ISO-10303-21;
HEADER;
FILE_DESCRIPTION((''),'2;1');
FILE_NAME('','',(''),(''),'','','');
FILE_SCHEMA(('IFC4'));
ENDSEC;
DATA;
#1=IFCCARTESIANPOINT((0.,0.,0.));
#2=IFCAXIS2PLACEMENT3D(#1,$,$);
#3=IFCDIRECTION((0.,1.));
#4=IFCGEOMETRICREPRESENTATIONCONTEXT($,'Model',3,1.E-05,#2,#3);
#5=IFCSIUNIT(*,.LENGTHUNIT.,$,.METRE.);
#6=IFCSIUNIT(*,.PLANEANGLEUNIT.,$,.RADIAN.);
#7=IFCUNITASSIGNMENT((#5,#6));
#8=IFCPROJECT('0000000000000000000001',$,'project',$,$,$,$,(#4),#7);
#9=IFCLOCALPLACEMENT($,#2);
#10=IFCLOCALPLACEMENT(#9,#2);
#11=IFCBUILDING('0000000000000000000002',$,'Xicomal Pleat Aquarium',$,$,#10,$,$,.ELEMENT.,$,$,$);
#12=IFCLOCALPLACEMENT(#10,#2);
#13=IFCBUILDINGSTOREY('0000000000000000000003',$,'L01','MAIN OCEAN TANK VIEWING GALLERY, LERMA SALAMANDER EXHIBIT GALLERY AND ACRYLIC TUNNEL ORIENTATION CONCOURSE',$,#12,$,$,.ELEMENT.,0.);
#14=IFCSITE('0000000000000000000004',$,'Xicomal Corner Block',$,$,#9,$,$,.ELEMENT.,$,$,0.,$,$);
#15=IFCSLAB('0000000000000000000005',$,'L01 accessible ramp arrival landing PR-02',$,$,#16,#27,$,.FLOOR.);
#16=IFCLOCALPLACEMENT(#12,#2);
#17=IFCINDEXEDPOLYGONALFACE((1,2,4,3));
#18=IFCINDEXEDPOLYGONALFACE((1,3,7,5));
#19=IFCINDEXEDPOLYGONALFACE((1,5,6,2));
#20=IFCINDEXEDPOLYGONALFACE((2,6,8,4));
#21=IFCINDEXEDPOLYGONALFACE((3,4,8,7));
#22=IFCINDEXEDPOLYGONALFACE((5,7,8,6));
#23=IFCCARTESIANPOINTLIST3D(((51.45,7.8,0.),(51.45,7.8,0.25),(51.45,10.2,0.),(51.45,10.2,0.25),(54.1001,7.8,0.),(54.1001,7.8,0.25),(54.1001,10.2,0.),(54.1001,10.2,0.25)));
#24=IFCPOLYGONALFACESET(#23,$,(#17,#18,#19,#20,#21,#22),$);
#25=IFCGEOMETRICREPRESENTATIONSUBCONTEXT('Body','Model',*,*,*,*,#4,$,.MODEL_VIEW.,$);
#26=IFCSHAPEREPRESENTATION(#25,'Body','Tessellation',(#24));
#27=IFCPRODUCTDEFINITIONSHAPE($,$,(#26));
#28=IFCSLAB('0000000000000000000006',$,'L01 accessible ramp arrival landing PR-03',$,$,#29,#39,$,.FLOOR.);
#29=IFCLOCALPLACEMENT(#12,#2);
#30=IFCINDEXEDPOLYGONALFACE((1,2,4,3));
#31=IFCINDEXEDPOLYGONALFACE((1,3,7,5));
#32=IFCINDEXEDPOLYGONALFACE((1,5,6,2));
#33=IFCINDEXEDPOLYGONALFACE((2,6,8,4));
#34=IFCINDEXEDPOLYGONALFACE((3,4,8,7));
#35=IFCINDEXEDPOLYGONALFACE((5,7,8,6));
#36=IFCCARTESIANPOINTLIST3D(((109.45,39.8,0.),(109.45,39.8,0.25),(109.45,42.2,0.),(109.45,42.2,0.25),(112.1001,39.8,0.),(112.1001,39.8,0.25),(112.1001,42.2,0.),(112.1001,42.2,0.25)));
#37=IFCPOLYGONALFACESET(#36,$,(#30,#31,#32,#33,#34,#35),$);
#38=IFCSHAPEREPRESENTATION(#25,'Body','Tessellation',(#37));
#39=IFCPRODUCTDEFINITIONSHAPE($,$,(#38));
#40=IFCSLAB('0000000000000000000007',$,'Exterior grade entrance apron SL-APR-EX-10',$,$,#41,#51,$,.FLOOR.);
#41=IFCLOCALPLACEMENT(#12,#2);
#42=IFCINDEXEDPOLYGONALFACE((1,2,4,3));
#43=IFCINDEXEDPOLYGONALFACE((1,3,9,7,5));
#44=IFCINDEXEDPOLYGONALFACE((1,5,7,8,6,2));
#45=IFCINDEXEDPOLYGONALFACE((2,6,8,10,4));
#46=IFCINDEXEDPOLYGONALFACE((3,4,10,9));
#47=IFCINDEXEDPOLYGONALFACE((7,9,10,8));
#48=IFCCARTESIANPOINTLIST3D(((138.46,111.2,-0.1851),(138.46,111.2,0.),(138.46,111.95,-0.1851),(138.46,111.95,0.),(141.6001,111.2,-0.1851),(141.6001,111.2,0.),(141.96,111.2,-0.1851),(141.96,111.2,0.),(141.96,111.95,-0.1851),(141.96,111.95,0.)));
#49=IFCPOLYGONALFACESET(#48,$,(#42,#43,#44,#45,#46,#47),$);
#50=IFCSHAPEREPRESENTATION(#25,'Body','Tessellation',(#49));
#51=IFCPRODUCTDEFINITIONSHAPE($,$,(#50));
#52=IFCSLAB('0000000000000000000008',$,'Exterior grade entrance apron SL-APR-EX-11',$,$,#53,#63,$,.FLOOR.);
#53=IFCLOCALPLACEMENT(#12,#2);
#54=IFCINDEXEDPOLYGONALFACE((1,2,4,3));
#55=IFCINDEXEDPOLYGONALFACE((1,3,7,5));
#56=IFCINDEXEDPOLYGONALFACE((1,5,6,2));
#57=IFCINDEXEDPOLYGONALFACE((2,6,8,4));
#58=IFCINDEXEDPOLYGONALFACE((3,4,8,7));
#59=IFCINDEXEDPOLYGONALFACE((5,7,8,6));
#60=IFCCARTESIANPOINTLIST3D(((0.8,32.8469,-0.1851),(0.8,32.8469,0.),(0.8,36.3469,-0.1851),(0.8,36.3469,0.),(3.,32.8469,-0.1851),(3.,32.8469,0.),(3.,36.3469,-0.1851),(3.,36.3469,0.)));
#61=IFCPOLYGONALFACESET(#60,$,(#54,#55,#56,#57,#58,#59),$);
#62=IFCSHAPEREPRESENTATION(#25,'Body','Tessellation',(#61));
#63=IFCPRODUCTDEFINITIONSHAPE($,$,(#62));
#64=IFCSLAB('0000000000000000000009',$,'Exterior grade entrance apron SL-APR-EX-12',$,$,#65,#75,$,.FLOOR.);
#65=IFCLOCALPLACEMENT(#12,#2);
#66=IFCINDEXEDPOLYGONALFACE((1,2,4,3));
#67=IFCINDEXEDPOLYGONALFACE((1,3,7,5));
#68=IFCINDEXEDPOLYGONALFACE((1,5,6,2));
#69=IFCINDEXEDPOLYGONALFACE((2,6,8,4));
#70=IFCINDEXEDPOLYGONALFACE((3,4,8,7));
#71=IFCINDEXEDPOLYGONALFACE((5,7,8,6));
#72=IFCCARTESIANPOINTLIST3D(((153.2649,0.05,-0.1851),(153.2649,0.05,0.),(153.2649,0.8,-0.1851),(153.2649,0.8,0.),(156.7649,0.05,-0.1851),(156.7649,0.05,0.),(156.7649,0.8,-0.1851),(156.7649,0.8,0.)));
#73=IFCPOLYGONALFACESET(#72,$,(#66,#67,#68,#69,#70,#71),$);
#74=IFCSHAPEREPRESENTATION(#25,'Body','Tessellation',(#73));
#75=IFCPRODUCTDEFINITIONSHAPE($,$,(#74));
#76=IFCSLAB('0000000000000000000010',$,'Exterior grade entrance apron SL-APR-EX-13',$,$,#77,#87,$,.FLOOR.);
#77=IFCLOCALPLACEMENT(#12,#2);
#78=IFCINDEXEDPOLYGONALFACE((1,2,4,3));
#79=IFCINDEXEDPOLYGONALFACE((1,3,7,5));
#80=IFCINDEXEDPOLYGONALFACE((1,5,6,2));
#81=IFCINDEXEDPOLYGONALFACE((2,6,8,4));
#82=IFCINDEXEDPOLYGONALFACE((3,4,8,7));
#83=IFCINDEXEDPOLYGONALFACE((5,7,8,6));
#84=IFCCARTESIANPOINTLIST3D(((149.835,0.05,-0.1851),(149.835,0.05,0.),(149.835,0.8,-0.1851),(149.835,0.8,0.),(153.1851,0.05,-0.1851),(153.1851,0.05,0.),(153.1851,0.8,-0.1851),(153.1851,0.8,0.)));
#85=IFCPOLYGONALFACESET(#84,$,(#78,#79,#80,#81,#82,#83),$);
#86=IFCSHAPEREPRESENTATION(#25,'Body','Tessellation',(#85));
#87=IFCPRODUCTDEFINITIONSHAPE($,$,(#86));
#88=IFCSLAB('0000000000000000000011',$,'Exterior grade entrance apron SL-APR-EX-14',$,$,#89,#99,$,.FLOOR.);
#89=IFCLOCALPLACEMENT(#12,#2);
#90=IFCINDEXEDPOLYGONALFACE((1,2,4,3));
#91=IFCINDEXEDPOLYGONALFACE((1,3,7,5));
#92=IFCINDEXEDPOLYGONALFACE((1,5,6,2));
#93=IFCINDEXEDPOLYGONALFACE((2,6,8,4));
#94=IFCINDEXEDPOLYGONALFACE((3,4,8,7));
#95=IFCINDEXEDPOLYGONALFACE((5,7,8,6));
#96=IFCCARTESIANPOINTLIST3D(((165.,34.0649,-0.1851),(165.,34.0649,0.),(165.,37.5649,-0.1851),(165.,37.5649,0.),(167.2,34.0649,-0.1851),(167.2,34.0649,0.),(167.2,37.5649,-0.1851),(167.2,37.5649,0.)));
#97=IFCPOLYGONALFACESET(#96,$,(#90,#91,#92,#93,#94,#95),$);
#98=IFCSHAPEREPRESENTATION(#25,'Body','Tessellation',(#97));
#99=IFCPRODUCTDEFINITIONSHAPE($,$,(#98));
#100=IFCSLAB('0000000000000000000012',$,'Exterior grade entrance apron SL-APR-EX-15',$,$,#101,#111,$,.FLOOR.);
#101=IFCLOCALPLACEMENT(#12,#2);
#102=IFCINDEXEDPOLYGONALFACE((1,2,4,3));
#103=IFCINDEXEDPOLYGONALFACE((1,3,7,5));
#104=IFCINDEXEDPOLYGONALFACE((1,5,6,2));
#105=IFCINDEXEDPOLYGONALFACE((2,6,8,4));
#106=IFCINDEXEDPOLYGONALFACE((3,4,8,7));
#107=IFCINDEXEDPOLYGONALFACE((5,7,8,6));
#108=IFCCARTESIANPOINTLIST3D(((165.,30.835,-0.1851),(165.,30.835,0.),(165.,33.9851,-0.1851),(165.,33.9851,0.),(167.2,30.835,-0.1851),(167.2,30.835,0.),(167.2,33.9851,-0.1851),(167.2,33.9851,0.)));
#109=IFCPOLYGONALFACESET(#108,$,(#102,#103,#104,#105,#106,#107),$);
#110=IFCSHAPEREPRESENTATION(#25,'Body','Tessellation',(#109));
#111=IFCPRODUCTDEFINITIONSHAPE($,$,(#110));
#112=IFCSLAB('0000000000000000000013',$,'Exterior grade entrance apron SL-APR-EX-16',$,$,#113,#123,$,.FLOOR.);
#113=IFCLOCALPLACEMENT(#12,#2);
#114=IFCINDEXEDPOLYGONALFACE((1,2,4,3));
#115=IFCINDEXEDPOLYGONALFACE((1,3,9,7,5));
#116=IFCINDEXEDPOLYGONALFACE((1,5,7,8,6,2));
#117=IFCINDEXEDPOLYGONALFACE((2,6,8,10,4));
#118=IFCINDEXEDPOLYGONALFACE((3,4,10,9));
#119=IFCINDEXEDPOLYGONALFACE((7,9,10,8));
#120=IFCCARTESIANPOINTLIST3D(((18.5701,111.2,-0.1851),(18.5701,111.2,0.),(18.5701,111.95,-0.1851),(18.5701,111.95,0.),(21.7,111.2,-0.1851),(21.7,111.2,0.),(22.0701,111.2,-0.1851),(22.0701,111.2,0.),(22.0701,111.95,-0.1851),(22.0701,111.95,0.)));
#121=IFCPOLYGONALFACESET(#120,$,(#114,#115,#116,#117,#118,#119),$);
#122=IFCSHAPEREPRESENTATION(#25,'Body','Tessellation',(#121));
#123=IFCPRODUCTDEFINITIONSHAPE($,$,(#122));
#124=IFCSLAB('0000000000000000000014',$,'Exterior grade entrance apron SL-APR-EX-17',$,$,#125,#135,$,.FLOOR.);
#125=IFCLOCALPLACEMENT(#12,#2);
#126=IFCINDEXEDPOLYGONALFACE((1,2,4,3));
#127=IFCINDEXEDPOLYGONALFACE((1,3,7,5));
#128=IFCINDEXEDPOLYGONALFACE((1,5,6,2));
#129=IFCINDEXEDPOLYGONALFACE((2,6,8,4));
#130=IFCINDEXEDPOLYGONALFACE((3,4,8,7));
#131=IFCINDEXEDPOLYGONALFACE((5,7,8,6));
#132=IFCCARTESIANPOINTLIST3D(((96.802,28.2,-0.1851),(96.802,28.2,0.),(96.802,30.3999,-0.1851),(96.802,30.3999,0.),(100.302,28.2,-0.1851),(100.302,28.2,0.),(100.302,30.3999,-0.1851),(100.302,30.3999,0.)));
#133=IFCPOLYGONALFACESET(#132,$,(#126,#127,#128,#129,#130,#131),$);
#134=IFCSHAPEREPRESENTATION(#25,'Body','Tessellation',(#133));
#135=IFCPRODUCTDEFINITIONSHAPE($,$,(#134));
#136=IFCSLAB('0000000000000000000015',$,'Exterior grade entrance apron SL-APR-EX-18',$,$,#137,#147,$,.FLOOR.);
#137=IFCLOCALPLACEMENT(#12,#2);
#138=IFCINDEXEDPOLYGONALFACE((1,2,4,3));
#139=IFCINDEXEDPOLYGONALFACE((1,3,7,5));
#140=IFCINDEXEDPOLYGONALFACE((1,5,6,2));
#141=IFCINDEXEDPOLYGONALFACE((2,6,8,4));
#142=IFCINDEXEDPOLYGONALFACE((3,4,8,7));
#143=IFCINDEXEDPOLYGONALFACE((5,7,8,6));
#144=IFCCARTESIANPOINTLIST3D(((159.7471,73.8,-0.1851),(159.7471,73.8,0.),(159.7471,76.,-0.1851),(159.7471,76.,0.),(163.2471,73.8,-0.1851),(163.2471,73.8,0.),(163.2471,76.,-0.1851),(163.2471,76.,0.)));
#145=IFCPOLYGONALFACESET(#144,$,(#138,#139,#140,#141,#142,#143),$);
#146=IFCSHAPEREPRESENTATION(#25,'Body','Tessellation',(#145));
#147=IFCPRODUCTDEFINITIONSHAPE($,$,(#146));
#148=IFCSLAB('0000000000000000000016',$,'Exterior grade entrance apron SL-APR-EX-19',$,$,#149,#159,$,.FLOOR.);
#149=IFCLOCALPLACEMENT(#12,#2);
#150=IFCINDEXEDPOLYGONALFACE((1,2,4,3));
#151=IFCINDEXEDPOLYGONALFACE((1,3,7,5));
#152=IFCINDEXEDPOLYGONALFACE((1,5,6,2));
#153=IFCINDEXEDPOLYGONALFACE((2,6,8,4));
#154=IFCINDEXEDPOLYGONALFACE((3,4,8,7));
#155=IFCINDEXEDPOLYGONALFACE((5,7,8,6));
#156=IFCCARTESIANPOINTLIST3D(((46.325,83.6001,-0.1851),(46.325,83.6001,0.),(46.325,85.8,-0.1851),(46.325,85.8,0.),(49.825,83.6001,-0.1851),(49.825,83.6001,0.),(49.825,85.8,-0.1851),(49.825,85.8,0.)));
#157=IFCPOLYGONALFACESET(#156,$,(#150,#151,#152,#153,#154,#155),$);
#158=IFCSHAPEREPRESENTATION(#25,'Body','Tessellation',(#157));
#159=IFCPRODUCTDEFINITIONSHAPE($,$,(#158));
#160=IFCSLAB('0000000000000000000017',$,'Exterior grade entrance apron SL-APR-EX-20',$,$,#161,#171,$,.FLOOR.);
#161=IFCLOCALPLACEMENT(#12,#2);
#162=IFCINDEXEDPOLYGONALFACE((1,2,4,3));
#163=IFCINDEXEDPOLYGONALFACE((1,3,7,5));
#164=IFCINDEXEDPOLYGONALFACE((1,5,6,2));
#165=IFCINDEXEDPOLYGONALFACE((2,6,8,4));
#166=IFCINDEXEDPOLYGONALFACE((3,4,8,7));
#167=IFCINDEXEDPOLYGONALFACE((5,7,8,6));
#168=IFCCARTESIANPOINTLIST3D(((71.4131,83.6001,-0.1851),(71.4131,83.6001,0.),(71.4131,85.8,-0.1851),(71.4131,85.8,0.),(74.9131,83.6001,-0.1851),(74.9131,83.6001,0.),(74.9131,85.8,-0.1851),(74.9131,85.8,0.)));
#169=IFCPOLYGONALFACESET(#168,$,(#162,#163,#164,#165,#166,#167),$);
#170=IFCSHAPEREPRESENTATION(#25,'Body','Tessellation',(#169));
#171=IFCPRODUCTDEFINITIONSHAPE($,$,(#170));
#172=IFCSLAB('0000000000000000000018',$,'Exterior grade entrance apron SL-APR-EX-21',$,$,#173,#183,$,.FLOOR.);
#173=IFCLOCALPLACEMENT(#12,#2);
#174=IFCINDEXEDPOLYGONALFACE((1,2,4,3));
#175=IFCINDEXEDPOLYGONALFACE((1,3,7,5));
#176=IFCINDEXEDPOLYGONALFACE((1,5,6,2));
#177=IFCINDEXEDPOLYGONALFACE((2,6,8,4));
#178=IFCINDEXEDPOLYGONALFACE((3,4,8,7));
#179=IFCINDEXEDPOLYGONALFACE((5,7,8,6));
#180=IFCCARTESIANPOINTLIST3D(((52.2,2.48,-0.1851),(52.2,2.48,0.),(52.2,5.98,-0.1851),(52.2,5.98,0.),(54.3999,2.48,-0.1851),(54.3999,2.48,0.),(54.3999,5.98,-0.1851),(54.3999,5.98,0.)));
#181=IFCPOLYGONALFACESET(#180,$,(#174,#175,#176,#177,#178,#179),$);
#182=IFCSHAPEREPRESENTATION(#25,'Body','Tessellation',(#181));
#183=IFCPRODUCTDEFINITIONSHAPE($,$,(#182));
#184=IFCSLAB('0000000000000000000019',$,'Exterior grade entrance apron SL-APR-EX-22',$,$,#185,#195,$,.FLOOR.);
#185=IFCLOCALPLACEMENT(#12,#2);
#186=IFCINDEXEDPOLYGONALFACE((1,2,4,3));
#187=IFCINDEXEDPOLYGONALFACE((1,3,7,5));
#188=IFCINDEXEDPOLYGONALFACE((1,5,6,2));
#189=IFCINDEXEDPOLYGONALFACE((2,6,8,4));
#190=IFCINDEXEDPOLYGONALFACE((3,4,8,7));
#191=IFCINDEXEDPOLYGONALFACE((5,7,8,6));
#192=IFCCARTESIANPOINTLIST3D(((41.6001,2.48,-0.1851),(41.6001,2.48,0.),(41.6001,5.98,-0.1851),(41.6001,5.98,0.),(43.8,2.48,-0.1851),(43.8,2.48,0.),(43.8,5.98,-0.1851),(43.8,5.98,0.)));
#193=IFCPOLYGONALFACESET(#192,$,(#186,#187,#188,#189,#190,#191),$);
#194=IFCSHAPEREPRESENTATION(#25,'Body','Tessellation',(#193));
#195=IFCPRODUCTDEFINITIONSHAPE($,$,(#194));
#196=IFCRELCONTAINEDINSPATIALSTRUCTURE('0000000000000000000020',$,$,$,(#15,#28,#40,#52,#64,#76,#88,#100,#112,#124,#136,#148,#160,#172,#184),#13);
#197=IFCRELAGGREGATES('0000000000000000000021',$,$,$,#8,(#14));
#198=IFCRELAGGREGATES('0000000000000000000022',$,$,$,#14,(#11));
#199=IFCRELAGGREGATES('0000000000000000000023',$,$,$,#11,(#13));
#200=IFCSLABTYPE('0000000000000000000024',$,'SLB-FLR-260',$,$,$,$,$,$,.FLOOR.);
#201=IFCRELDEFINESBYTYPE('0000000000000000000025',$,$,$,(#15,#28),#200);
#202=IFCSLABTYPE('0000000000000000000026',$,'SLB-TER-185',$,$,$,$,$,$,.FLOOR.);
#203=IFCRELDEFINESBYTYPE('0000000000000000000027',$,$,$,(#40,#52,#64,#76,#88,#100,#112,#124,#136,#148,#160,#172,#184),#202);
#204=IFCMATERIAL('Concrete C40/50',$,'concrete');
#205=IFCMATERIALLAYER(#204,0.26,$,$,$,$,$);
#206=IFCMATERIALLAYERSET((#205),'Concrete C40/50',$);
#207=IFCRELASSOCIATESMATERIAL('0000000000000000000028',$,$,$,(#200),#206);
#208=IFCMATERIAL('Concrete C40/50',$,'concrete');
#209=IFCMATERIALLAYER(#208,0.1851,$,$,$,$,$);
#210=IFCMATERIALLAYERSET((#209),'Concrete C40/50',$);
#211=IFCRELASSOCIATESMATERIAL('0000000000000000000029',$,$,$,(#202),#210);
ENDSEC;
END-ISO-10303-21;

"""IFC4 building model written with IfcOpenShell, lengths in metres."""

from ifc_helpers import new_model, si_unit, direction, frame, origin, place, context, subcontext, project, spatial, polyline, outline, extrude, material, layer, layer_set, type_object, element, save


model = new_model("IFC4")

# Units and contexts
model_context = context("Model", 3, precision=1e-05, world=origin(), true_north=direction((0.0, 1.0)))
body_context = subcontext(model_context, "Body", "Model", "MODEL_VIEW")
ifc_project = project(units=[si_unit("LENGTHUNIT", "METRE"), si_unit("PLANEANGLEUNIT", "RADIAN")], contexts=[model_context])

# Site, building, storey
site_placement = place(None, origin())
site = spatial("IfcSite", under=ifc_project, at=site_placement, Name="Xicomal Corner Block", CompositionType="ELEMENT", RefElevation=0.0)
building_placement = place(site_placement, origin())
building = spatial("IfcBuilding", under=site, at=building_placement, Name="Xicomal Pleat Aquarium", CompositionType="ELEMENT")
storey_placement = place(building_placement, origin())
storey = spatial("IfcBuildingStorey", under=building, at=storey_placement, Name="L01", Description="MAIN OCEAN TANK VIEWING GALLERY, LERMA SALAMANDER EXHIBIT GALLERY AND ACRYLIC TUNNEL ORIENTATION CONCOURSE", CompositionType="ELEMENT", Elevation=0.0)

# Slabs
ifc_material_1 = material(Name="Concrete C40/50", Category="concrete")
ifc_layer_1 = layer(ifc_material_1, 0.26)
ifc_layer_set_1 = layer_set([ifc_layer_1], Name="Concrete C40/50")
slab_type_1 = type_object("IfcSlabType", Name="SLB-FLR-260", PredefinedType="FLOOR", material=ifc_layer_set_1)
slab_1_placement = place(storey_placement, origin())
element("IfcSlab", 1, at=slab_1_placement, inside=storey, type_object=slab_type_1, Name="L01 accessible ramp arrival landing PR-02", PredefinedType="FLOOR", context=body_context, shape_type="SweptSolid", body=[
    extrude(outline(polyline([(51.45, 7.8), (54.1001, 7.8), (54.1001, 10.2), (51.45, 10.2), (51.45, 7.8)])), origin(), (0.0, 0.0, 1.0), 0.25),
])
slab_2_placement = place(storey_placement, origin())
element("IfcSlab", 2, at=slab_2_placement, inside=storey, type_object=slab_type_1, Name="L01 accessible ramp arrival landing PR-03", PredefinedType="FLOOR", context=body_context, shape_type="SweptSolid", body=[
    extrude(outline(polyline([(109.45, 39.8), (112.1001, 39.8), (112.1001, 42.2), (109.45, 42.2), (109.45, 39.8)])), origin(), (0.0, 0.0, 1.0), 0.25),
])
ifc_material_2 = material(Name="Concrete C40/50", Category="concrete")
ifc_layer_2 = layer(ifc_material_2, 0.1851)
ifc_layer_set_2 = layer_set([ifc_layer_2], Name="Concrete C40/50")
slab_type_2 = type_object("IfcSlabType", Name="SLB-TER-185", PredefinedType="FLOOR", material=ifc_layer_set_2)
slab_3_placement = place(storey_placement, frame((0.0, 0.0, -0.1851)))
element("IfcSlab", 3, at=slab_3_placement, inside=storey, type_object=slab_type_2, Name="Exterior grade entrance apron SL-APR-EX-10", PredefinedType="FLOOR", context=body_context, shape_type="SweptSolid", body=[
    extrude(outline(polyline([(138.46, 111.95), (141.96, 111.95), (141.96, 111.2), (141.6001, 111.2), (138.46, 111.2), (138.46, 111.95)])), origin(), (0.0, 0.0, 1.0), 0.1851),
])
slab_4_placement = place(storey_placement, frame((0.0, 0.0, -0.1851)))
element("IfcSlab", 4, at=slab_4_placement, inside=storey, type_object=slab_type_2, Name="Exterior grade entrance apron SL-APR-EX-11", PredefinedType="FLOOR", context=body_context, shape_type="SweptSolid", body=[
    extrude(outline(polyline([(0.8, 32.8469), (0.8, 36.3469), (3.0, 36.3469), (3.0, 32.8469), (0.8, 32.8469)])), origin(), (0.0, 0.0, 1.0), 0.1851),
])
slab_5_placement = place(storey_placement, frame((0.0, 0.0, -0.1851)))
element("IfcSlab", 5, at=slab_5_placement, inside=storey, type_object=slab_type_2, Name="Exterior grade entrance apron SL-APR-EX-12", PredefinedType="FLOOR", context=body_context, shape_type="SweptSolid", body=[
    extrude(outline(polyline([(156.7649, 0.05), (153.2649, 0.05), (153.2649, 0.8), (156.7649, 0.8), (156.7649, 0.05)])), origin(), (0.0, 0.0, 1.0), 0.1851),
])
slab_6_placement = place(storey_placement, frame((0.0, 0.0, -0.1851)))
element("IfcSlab", 6, at=slab_6_placement, inside=storey, type_object=slab_type_2, Name="Exterior grade entrance apron SL-APR-EX-13", PredefinedType="FLOOR", context=body_context, shape_type="SweptSolid", body=[
    extrude(outline(polyline([(149.835, 0.05), (149.835, 0.8), (153.1851, 0.8), (153.1851, 0.05), (149.835, 0.05)])), origin(), (0.0, 0.0, 1.0), 0.1851),
])
slab_7_placement = place(storey_placement, frame((0.0, 0.0, -0.1851)))
element("IfcSlab", 7, at=slab_7_placement, inside=storey, type_object=slab_type_2, Name="Exterior grade entrance apron SL-APR-EX-14", PredefinedType="FLOOR", context=body_context, shape_type="SweptSolid", body=[
    extrude(outline(polyline([(167.2, 37.5649), (167.2, 34.0649), (165.0, 34.0649), (165.0, 37.5649), (167.2, 37.5649)])), origin(), (0.0, 0.0, 1.0), 0.1851),
])
slab_8_placement = place(storey_placement, frame((0.0, 0.0, -0.1851)))
element("IfcSlab", 8, at=slab_8_placement, inside=storey, type_object=slab_type_2, Name="Exterior grade entrance apron SL-APR-EX-15", PredefinedType="FLOOR", context=body_context, shape_type="SweptSolid", body=[
    extrude(outline(polyline([(167.2, 30.835), (165.0, 30.835), (165.0, 33.9851), (167.2, 33.9851), (167.2, 30.835)])), origin(), (0.0, 0.0, 1.0), 0.1851),
])
slab_9_placement = place(storey_placement, frame((0.0, 0.0, -0.1851)))
element("IfcSlab", 9, at=slab_9_placement, inside=storey, type_object=slab_type_2, Name="Exterior grade entrance apron SL-APR-EX-16", PredefinedType="FLOOR", context=body_context, shape_type="SweptSolid", body=[
    extrude(outline(polyline([(18.5701, 111.95), (22.0701, 111.95), (22.0701, 111.2), (21.7, 111.2), (18.5701, 111.2), (18.5701, 111.95)])), origin(), (0.0, 0.0, 1.0), 0.1851),
])
slab_10_placement = place(storey_placement, frame((0.0, 0.0, -0.1851)))
element("IfcSlab", 10, at=slab_10_placement, inside=storey, type_object=slab_type_2, Name="Exterior grade entrance apron SL-APR-EX-17", PredefinedType="FLOOR", context=body_context, shape_type="SweptSolid", body=[
    extrude(outline(polyline([(100.302, 28.2), (96.802, 28.2), (96.802, 30.3999), (100.302, 30.3999), (100.302, 28.2)])), origin(), (0.0, 0.0, 1.0), 0.1851),
])
slab_11_placement = place(storey_placement, frame((0.0, 0.0, -0.1851)))
element("IfcSlab", 11, at=slab_11_placement, inside=storey, type_object=slab_type_2, Name="Exterior grade entrance apron SL-APR-EX-18", PredefinedType="FLOOR", context=body_context, shape_type="SweptSolid", body=[
    extrude(outline(polyline([(163.2471, 73.8), (159.7471, 73.8), (159.7471, 76.0), (163.2471, 76.0), (163.2471, 73.8)])), origin(), (0.0, 0.0, 1.0), 0.1851),
])
slab_12_placement = place(storey_placement, frame((0.0, 0.0, -0.1851)))
element("IfcSlab", 12, at=slab_12_placement, inside=storey, type_object=slab_type_2, Name="Exterior grade entrance apron SL-APR-EX-19", PredefinedType="FLOOR", context=body_context, shape_type="SweptSolid", body=[
    extrude(outline(polyline([(46.325, 85.8), (49.825, 85.8), (49.825, 83.6001), (46.325, 83.6001), (46.325, 85.8)])), origin(), (0.0, 0.0, 1.0), 0.1851),
])
slab_13_placement = place(storey_placement, frame((0.0, 0.0, -0.1851)))
element("IfcSlab", 13, at=slab_13_placement, inside=storey, type_object=slab_type_2, Name="Exterior grade entrance apron SL-APR-EX-20", PredefinedType="FLOOR", context=body_context, shape_type="SweptSolid", body=[
    extrude(outline(polyline([(71.4131, 85.8), (74.9131, 85.8), (74.9131, 83.6001), (71.4131, 83.6001), (71.4131, 85.8)])), origin(), (0.0, 0.0, 1.0), 0.1851),
])
slab_14_placement = place(storey_placement, frame((0.0, 0.0, -0.1851)))
element("IfcSlab", 14, at=slab_14_placement, inside=storey, type_object=slab_type_2, Name="Exterior grade entrance apron SL-APR-EX-21", PredefinedType="FLOOR", context=body_context, shape_type="SweptSolid", body=[
    extrude(outline(polyline([(54.3999, 5.98), (54.3999, 2.48), (52.2, 2.48), (52.2, 5.98), (54.3999, 5.98)])), origin(), (0.0, 0.0, 1.0), 0.1851),
])
slab_15_placement = place(storey_placement, frame((0.0, 0.0, -0.1851)))
element("IfcSlab", 15, at=slab_15_placement, inside=storey, type_object=slab_type_2, Name="Exterior grade entrance apron SL-APR-EX-22", PredefinedType="FLOOR", context=body_context, shape_type="SweptSolid", body=[
    extrude(outline(polyline([(41.6001, 2.48), (41.6001, 5.98), (43.8, 5.98), (43.8, 2.48), (41.6001, 2.48)])), origin(), (0.0, 0.0, 1.0), 0.1851),
])

save(model, "model.ifc")
